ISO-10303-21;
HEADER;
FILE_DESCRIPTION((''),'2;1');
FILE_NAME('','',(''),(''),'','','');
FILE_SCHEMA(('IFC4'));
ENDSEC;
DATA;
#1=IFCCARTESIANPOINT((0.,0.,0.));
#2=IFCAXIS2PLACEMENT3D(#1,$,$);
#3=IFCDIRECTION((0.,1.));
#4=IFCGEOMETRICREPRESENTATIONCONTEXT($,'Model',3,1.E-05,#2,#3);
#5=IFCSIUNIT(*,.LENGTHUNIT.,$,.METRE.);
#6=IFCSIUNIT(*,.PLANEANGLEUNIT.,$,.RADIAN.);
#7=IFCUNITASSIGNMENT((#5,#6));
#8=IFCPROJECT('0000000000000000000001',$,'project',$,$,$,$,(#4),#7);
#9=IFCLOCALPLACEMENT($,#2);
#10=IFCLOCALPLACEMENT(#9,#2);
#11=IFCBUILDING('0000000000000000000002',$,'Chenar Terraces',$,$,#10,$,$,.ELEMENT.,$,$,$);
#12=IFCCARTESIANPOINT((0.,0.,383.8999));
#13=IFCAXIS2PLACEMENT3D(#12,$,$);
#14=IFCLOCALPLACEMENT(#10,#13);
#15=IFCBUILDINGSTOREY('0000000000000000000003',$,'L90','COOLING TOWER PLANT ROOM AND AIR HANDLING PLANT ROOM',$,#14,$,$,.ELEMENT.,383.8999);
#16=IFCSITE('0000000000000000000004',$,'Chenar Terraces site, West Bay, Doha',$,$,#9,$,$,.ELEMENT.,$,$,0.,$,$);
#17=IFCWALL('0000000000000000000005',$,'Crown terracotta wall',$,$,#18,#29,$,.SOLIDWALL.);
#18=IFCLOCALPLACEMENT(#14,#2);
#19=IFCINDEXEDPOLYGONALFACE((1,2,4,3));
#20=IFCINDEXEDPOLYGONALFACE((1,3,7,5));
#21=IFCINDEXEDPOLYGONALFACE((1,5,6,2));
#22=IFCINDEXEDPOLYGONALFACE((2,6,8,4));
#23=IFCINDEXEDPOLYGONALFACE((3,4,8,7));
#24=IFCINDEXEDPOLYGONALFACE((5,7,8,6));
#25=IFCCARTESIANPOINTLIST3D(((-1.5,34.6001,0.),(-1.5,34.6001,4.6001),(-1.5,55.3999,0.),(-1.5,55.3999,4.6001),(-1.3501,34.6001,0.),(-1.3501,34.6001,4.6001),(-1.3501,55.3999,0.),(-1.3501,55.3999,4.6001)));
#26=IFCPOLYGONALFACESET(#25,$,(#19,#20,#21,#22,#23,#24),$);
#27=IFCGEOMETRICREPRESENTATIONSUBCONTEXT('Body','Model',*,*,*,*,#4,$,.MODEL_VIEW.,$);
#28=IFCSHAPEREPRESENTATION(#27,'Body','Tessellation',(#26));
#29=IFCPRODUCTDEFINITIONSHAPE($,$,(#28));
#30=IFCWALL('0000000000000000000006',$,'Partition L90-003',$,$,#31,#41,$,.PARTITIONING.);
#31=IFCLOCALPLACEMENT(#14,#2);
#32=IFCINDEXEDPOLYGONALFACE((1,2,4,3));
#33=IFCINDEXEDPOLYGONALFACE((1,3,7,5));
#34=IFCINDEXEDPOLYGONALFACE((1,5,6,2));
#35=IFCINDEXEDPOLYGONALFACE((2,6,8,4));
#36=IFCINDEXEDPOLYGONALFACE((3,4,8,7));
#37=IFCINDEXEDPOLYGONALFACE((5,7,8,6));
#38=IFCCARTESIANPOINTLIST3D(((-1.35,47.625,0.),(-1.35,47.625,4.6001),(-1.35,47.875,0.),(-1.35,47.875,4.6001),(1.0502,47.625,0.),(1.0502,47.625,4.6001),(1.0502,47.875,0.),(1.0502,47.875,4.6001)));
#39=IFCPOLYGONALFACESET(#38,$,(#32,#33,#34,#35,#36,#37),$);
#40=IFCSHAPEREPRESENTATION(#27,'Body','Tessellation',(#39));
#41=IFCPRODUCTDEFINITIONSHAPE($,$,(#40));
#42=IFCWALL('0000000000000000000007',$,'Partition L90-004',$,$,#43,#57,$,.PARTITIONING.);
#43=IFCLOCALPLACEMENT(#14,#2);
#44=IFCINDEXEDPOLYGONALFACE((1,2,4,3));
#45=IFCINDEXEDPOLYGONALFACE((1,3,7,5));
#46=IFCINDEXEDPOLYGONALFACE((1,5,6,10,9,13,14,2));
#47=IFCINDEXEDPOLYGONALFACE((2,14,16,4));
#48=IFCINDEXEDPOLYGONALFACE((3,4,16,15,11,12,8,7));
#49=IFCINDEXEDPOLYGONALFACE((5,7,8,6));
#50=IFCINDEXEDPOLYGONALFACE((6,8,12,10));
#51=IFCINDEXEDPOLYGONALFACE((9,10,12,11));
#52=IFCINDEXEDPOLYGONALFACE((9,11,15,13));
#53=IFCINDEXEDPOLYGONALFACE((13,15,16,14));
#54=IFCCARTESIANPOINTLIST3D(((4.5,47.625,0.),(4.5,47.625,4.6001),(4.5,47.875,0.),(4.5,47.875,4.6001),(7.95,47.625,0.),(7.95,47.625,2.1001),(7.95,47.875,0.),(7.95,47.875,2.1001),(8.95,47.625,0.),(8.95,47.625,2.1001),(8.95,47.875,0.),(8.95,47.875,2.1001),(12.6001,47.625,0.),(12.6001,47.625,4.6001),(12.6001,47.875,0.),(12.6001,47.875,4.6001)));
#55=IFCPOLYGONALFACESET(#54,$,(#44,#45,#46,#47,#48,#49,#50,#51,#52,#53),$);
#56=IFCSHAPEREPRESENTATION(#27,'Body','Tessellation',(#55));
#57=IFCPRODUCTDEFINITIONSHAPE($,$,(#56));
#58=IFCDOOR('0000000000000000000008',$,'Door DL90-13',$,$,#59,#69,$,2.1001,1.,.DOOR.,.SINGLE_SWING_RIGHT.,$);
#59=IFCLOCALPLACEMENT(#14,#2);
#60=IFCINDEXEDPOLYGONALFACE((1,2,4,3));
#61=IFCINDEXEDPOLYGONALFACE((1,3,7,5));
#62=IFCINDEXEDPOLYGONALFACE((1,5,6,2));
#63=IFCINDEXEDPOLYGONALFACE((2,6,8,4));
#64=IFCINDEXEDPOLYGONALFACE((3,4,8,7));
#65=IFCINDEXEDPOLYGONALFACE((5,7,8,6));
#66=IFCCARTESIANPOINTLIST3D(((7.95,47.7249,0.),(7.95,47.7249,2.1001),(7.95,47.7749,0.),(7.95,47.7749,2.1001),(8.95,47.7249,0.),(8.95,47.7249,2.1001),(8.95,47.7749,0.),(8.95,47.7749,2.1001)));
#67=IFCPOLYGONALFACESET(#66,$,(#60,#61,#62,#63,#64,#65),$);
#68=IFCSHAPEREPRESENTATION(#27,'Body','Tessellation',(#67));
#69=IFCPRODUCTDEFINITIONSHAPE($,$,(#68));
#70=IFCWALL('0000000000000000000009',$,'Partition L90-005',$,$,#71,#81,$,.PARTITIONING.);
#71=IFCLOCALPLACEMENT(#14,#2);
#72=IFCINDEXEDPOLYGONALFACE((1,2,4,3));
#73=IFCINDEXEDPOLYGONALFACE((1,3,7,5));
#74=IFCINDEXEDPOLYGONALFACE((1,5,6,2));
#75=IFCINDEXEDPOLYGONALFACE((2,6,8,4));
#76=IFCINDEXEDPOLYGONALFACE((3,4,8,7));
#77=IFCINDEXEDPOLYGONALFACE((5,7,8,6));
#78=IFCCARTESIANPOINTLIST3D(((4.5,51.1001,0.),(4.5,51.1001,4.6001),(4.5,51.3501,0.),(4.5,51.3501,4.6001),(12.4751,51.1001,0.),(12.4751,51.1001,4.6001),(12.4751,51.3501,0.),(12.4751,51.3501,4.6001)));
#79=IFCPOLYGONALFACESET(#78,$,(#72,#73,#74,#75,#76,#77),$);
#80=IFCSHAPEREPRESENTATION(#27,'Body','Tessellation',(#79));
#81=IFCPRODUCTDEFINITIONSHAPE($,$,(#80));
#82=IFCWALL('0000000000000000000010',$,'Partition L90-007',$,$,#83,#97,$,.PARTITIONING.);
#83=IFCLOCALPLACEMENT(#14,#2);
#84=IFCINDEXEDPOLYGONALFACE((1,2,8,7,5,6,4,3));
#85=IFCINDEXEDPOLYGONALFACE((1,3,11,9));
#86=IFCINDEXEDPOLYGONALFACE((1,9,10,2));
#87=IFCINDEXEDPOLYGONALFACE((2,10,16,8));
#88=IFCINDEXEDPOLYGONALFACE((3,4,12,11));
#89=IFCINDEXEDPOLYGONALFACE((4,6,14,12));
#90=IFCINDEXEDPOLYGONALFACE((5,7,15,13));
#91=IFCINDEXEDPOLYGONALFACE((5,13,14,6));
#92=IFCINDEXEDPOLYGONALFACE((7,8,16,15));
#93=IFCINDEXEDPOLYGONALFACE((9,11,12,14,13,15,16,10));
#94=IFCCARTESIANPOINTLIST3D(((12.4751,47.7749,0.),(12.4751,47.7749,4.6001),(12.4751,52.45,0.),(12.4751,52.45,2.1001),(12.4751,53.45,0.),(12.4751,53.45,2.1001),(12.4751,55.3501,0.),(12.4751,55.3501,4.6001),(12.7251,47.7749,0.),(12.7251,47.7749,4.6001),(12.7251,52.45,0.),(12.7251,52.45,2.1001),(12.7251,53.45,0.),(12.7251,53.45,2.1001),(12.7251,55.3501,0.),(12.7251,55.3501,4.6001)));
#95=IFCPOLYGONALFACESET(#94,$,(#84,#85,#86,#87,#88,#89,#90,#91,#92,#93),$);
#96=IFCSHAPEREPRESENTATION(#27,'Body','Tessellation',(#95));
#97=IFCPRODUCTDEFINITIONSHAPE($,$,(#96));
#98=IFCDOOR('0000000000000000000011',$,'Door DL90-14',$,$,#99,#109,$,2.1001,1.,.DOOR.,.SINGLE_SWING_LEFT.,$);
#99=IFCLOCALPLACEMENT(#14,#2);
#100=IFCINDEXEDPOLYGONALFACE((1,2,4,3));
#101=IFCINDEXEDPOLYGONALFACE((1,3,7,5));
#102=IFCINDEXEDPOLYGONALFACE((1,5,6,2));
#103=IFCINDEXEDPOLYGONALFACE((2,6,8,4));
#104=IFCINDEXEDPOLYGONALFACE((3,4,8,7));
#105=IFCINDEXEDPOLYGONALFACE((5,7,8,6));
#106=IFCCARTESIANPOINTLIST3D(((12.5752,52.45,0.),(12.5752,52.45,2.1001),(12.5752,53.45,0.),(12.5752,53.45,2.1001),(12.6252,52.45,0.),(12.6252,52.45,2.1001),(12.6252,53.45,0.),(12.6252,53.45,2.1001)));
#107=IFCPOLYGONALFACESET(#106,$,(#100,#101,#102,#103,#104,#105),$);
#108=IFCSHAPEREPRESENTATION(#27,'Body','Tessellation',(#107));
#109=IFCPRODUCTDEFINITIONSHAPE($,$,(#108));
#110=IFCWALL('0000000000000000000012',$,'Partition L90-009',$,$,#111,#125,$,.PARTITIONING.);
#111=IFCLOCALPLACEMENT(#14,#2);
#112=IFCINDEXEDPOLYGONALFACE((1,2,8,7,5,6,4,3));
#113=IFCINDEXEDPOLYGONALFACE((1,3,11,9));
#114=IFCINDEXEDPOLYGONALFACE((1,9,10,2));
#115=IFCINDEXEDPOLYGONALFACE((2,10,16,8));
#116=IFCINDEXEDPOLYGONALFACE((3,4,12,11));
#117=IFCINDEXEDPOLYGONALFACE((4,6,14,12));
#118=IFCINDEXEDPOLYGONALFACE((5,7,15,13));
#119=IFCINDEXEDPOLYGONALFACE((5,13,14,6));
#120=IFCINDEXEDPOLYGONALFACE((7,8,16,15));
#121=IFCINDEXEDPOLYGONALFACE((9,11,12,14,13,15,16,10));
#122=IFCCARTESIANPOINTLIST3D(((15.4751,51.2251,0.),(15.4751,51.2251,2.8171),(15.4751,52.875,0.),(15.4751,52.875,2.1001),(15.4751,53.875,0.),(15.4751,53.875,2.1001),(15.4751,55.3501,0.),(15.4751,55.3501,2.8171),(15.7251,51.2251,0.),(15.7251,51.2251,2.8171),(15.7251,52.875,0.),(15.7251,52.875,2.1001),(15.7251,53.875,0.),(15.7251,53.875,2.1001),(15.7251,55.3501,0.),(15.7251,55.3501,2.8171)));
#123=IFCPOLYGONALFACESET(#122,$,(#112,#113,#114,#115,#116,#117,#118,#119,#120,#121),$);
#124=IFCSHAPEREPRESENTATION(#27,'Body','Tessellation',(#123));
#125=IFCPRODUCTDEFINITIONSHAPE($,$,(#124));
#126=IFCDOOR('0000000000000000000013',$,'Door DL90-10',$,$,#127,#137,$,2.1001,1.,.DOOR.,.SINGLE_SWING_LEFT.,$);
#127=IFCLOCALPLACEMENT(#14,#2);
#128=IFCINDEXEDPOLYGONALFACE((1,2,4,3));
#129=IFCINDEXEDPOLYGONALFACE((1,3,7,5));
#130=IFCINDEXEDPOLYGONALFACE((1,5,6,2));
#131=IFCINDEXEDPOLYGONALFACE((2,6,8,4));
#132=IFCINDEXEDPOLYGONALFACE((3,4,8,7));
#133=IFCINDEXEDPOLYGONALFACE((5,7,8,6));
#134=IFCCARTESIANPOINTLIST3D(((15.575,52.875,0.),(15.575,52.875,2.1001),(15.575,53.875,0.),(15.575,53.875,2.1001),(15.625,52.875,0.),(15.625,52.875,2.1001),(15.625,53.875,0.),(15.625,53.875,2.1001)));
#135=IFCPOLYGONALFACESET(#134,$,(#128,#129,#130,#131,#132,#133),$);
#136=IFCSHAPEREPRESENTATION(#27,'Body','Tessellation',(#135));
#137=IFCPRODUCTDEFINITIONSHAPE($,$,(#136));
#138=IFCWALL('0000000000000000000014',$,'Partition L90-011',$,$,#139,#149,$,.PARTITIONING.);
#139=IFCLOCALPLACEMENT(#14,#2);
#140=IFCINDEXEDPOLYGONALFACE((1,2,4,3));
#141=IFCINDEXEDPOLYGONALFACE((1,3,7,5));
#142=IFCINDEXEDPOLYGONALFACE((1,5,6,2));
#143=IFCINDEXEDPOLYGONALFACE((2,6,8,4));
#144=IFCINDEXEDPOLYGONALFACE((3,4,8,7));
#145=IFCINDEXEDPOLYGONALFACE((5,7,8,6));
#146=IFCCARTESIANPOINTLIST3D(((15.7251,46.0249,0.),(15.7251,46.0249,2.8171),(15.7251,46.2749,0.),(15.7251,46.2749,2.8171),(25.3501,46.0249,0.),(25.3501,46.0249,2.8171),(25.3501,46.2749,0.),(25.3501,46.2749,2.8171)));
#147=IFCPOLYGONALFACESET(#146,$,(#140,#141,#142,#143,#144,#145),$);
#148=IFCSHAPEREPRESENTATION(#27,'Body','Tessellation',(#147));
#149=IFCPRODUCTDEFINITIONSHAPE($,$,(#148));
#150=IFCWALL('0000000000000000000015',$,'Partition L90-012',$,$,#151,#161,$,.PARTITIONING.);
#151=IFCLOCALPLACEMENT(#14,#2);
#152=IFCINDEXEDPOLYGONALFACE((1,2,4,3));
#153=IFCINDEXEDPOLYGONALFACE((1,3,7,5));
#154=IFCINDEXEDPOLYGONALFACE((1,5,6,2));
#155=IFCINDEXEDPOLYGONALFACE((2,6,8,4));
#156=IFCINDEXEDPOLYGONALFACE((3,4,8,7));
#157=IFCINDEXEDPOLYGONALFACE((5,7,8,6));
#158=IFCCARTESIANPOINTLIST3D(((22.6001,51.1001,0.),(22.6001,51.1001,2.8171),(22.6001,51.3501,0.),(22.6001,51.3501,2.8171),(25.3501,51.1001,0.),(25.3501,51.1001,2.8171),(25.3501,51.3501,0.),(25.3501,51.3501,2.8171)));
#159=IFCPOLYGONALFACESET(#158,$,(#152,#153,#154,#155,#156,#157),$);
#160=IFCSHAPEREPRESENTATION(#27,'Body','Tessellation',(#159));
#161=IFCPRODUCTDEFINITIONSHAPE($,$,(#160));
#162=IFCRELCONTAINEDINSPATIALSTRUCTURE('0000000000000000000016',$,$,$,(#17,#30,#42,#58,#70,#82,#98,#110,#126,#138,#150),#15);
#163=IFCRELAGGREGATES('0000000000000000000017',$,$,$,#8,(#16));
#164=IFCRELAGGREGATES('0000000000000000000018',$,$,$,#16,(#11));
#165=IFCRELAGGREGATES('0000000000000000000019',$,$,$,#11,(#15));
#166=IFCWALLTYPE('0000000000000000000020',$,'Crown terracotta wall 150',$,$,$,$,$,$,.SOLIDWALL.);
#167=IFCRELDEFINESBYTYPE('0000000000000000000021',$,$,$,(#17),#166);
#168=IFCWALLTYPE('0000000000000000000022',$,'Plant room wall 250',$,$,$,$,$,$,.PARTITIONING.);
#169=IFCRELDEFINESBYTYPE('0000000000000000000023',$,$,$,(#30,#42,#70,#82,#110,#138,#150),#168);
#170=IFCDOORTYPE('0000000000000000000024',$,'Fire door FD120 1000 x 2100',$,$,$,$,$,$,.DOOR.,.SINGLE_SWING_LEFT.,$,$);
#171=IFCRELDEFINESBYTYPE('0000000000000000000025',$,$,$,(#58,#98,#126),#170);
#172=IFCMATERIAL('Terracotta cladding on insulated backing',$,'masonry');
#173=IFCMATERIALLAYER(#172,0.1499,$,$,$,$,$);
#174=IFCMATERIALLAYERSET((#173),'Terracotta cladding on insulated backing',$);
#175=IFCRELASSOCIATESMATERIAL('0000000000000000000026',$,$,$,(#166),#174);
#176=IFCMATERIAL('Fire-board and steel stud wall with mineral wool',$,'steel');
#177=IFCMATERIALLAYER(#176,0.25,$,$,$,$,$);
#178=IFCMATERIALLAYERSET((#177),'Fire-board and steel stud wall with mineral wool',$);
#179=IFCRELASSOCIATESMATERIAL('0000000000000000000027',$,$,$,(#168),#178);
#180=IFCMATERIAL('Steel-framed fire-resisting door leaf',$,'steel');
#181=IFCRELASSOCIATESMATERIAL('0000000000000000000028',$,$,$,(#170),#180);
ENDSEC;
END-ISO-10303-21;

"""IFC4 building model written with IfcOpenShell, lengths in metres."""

from ifc_helpers import new_model, si_unit, direction, frame, frame_2d, origin, place, context, subcontext, project, spatial, rectangle, extrude, material, layer, layer_set, type_object, element, fill, save


model = new_model("IFC4")

# Units and contexts
model_context = context("Model", 3, precision=1e-05, world=origin(), true_north=direction((0.0, 1.0)))
body_context = subcontext(model_context, "Body", "Model", "MODEL_VIEW")
ifc_project = project(units=[si_unit("LENGTHUNIT", "METRE"), si_unit("PLANEANGLEUNIT", "RADIAN")], contexts=[model_context])

# Site, building, storey
site_placement = place(None, origin())
site = spatial("IfcSite", under=ifc_project, at=site_placement, Name="Chenar Terraces site, West Bay, Doha", CompositionType="ELEMENT", RefElevation=0.0)
building_placement = place(site_placement, origin())
building = spatial("IfcBuilding", under=site, at=building_placement, Name="Chenar Terraces", CompositionType="ELEMENT")
storey_placement = place(building_placement, frame((0.0, 0.0, 383.8999)))
storey = spatial("IfcBuildingStorey", under=building, at=storey_placement, Name="L90", Description="COOLING TOWER PLANT ROOM AND AIR HANDLING PLANT ROOM", CompositionType="ELEMENT", Elevation=383.8999)

# Walls
ifc_material_1 = material(Name="Terracotta cladding on insulated backing", Category="masonry")
ifc_layer_1 = layer(ifc_material_1, 0.1499)
ifc_layer_set_1 = layer_set([ifc_layer_1], Name="Terracotta cladding on insulated backing")
wall_type_1 = type_object("IfcWallType", Name="Crown terracotta wall 150", PredefinedType="SOLIDWALL", material=ifc_layer_set_1)
wall_1_placement = place(storey_placement, frame((-1.425, 55.3999, 0.0), z_axis=(0.0, 0.0, 1.0), x_axis=(0.0, -1.0, 0.0)))
element("IfcWall", 1, at=wall_1_placement, inside=storey, type_object=wall_type_1, Name="Crown terracotta wall", PredefinedType="SOLIDWALL", context=body_context, shape_type="SweptSolid", body=[
    extrude(rectangle(XDim=20.7998, YDim=0.1499, at=frame_2d((10.3999, 0.0))), origin(), (0.0, 0.0, 1.0), 4.6001),
])
ifc_material_2 = material(Name="Fire-board and steel stud wall with mineral wool", Category="steel")
ifc_layer_2 = layer(ifc_material_2, 0.25)
ifc_layer_set_2 = layer_set([ifc_layer_2], Name="Fire-board and steel stud wall with mineral wool")
wall_type_2 = type_object("IfcWallType", Name="Plant room wall 250", PredefinedType="PARTITIONING", material=ifc_layer_set_2)
wall_2_placement = place(storey_placement, frame((-1.3501, 47.75, 0.0), z_axis=(0.0, 0.0, 1.0), x_axis=(1.0, 0.0, 0.0)))
element("IfcWall", 2, at=wall_2_placement, inside=storey, type_object=wall_type_2, Name="Partition L90-003", PredefinedType="PARTITIONING", context=body_context, shape_type="SweptSolid", body=[
    extrude(rectangle(XDim=2.4001, YDim=0.25, at=frame_2d((1.2002, 0.0))), origin(), (0.0, 0.0, 1.0), 4.6001),
])

# Wall, opening, door
wall_3_placement = place(storey_placement, frame((4.5, 47.75, 0.0), z_axis=(0.0, 0.0, 1.0), x_axis=(1.0, 0.0, 0.0)))
wall_3 = element("IfcWall", 3, at=wall_3_placement, inside=storey, type_object=wall_type_2, Name="Partition L90-004", PredefinedType="PARTITIONING", context=body_context, shape_type="SweptSolid", body=[
    extrude(rectangle(XDim=8.1001, YDim=0.25, at=frame_2d((4.05, 0.0))), origin(), (0.0, 0.0, 1.0), 4.6001),
])
opening_1_placement = place(wall_3_placement, frame((3.45, 0.0, 0.0)))
opening_1 = element("IfcOpeningElement", 4, at=opening_1_placement, cuts=wall_3, PredefinedType="OPENING", context=body_context, shape_type="SweptSolid", body=[
    extrude(rectangle(XDim=1.0, YDim=2.1001, at=frame_2d((0.5, 1.05))), frame((0.0, 0.135, 0.0), z_axis=(0.0, -1.0, 0.0), x_axis=(1.0, 0.0, 0.0)), (0.0, 0.0, 1.0), 0.27),
])
ifc_material_3 = material(Name="Steel-framed fire-resisting door leaf", Category="steel")
door_type_1 = type_object("IfcDoorType", Name="Fire door FD120 1000 x 2100", OperationType="SINGLE_SWING_LEFT", PredefinedType="DOOR", material=ifc_material_3)
door_1_placement = place(opening_1_placement, origin())
door_1 = element("IfcDoor", 5, at=door_1_placement, inside=storey, type_object=door_type_1, Name="Door DL90-13", OperationType="SINGLE_SWING_RIGHT", OverallHeight=2.1001, OverallWidth=1.0, PredefinedType="DOOR", context=body_context, shape_type="SweptSolid", body=[
    extrude(rectangle(XDim=1.0, YDim=2.1001, at=frame_2d((0.5, 1.05))), frame((0.0, 0.0249, 0.0), z_axis=(0.0, -1.0, 0.0), x_axis=(1.0, 0.0, 0.0)), (0.0, 0.0, 1.0), 0.05),
])
fill(opening_1, door_1)

# Wall
wall_4_placement = place(storey_placement, frame((4.5, 51.2251, 0.0), z_axis=(0.0, 0.0, 1.0), x_axis=(1.0, 0.0, 0.0)))
element("IfcWall", 6, at=wall_4_placement, inside=storey, type_object=wall_type_2, Name="Partition L90-005", PredefinedType="PARTITIONING", context=body_context, shape_type="SweptSolid", body=[
    extrude(rectangle(XDim=7.9751, YDim=0.25, at=frame_2d((3.9875, 0.0))), origin(), (0.0, 0.0, 1.0), 4.6001),
])

# Walls, openings, doors
wall_5_placement = place(storey_placement, frame((12.6001, 47.7749, 0.0), z_axis=(0.0, 0.0, 1.0), x_axis=(0.0, 1.0, 0.0)))
wall_5 = element("IfcWall", 7, at=wall_5_placement, inside=storey, type_object=wall_type_2, Name="Partition L90-007", PredefinedType="PARTITIONING", context=body_context, shape_type="SweptSolid", body=[
    extrude(rectangle(XDim=7.5752, YDim=0.25, at=frame_2d((3.7876, 0.0))), origin(), (0.0, 0.0, 1.0), 4.6001),
])
opening_2_placement = place(wall_5_placement, frame((4.675, 0.0, 0.0)))
opening_2 = element("IfcOpeningElement", 8, at=opening_2_placement, cuts=wall_5, PredefinedType="OPENING", context=body_context, shape_type="SweptSolid", body=[
    extrude(rectangle(XDim=1.0, YDim=2.1001, at=frame_2d((0.5, 1.05))), frame((0.0, 0.135, 0.0), z_axis=(0.0, -1.0, 0.0), x_axis=(1.0, 0.0, 0.0)), (0.0, 0.0, 1.0), 0.27),
])
door_2_placement = place(opening_2_placement, origin())
door_2 = element("IfcDoor", 9, at=door_2_placement, inside=storey, type_object=door_type_1, Name="Door DL90-14", OperationType="SINGLE_SWING_LEFT", OverallHeight=2.1001, OverallWidth=1.0, PredefinedType="DOOR", context=body_context, shape_type="SweptSolid", body=[
    extrude(rectangle(XDim=1.0, YDim=2.1001, at=frame_2d((0.5, 1.05))), frame((0.0, 0.0249, 0.0), z_axis=(0.0, -1.0, 0.0), x_axis=(1.0, 0.0, 0.0)), (0.0, 0.0, 1.0), 0.05),
])
fill(opening_2, door_2)
wall_6_placement = place(storey_placement, frame((15.6001, 51.2251, 0.0), z_axis=(0.0, 0.0, 1.0), x_axis=(0.0, 1.0, 0.0)))
wall_6 = element("IfcWall", 10, at=wall_6_placement, inside=storey, type_object=wall_type_2, Name="Partition L90-009", PredefinedType="PARTITIONING", context=body_context, shape_type="SweptSolid", body=[
    extrude(rectangle(XDim=4.125, YDim=0.25, at=frame_2d((2.0625, 0.0))), origin(), (0.0, 0.0, 1.0), 2.8171),
])
opening_3_placement = place(wall_6_placement, frame((1.6499, 0.0, 0.0)))
opening_3 = element("IfcOpeningElement", 11, at=opening_3_placement, cuts=wall_6, PredefinedType="OPENING", context=body_context, shape_type="SweptSolid", body=[
    extrude(rectangle(XDim=1.0, YDim=2.1001, at=frame_2d((0.5, 1.05))), frame((0.0, 0.135, 0.0), z_axis=(0.0, -1.0, 0.0), x_axis=(1.0, 0.0, 0.0)), (0.0, 0.0, 1.0), 0.27),
])
door_3_placement = place(opening_3_placement, frame((1.0, 0.0, 0.0), z_axis=(0.0, 0.0, 1.0), x_axis=(-1.0, 0.0, 0.0)))
door_3 = element("IfcDoor", 12, at=door_3_placement, inside=storey, type_object=door_type_1, Name="Door DL90-10", OperationType="SINGLE_SWING_LEFT", OverallHeight=2.1001, OverallWidth=1.0, PredefinedType="DOOR", context=body_context, shape_type="SweptSolid", body=[
    extrude(rectangle(XDim=1.0, YDim=2.1001, at=frame_2d((0.5, 1.05))), frame((0.0, 0.0249, 0.0), z_axis=(0.0, -1.0, 0.0), x_axis=(1.0, 0.0, 0.0)), (0.0, 0.0, 1.0), 0.05),
])
fill(opening_3, door_3)

# Walls
wall_7_placement = place(storey_placement, frame((15.7251, 46.1499, 0.0), z_axis=(0.0, 0.0, 1.0), x_axis=(1.0, 0.0, 0.0)))
element("IfcWall", 13, at=wall_7_placement, inside=storey, type_object=wall_type_2, Name="Partition L90-011", PredefinedType="PARTITIONING", context=body_context, shape_type="SweptSolid", body=[
    extrude(rectangle(XDim=9.625, YDim=0.25, at=frame_2d((4.8125, 0.0))), origin(), (0.0, 0.0, 1.0), 2.8171),
])
wall_8_placement = place(storey_placement, frame((22.6001, 51.2251, 0.0), z_axis=(0.0, 0.0, 1.0), x_axis=(1.0, 0.0, 0.0)))
element("IfcWall", 14, at=wall_8_placement, inside=storey, type_object=wall_type_2, Name="Partition L90-012", PredefinedType="PARTITIONING", context=body_context, shape_type="SweptSolid", body=[
    extrude(rectangle(XDim=2.75, YDim=0.25, at=frame_2d((1.375, 0.0))), origin(), (0.0, 0.0, 1.0), 2.8171),
])

save(model, "model.ifc")
